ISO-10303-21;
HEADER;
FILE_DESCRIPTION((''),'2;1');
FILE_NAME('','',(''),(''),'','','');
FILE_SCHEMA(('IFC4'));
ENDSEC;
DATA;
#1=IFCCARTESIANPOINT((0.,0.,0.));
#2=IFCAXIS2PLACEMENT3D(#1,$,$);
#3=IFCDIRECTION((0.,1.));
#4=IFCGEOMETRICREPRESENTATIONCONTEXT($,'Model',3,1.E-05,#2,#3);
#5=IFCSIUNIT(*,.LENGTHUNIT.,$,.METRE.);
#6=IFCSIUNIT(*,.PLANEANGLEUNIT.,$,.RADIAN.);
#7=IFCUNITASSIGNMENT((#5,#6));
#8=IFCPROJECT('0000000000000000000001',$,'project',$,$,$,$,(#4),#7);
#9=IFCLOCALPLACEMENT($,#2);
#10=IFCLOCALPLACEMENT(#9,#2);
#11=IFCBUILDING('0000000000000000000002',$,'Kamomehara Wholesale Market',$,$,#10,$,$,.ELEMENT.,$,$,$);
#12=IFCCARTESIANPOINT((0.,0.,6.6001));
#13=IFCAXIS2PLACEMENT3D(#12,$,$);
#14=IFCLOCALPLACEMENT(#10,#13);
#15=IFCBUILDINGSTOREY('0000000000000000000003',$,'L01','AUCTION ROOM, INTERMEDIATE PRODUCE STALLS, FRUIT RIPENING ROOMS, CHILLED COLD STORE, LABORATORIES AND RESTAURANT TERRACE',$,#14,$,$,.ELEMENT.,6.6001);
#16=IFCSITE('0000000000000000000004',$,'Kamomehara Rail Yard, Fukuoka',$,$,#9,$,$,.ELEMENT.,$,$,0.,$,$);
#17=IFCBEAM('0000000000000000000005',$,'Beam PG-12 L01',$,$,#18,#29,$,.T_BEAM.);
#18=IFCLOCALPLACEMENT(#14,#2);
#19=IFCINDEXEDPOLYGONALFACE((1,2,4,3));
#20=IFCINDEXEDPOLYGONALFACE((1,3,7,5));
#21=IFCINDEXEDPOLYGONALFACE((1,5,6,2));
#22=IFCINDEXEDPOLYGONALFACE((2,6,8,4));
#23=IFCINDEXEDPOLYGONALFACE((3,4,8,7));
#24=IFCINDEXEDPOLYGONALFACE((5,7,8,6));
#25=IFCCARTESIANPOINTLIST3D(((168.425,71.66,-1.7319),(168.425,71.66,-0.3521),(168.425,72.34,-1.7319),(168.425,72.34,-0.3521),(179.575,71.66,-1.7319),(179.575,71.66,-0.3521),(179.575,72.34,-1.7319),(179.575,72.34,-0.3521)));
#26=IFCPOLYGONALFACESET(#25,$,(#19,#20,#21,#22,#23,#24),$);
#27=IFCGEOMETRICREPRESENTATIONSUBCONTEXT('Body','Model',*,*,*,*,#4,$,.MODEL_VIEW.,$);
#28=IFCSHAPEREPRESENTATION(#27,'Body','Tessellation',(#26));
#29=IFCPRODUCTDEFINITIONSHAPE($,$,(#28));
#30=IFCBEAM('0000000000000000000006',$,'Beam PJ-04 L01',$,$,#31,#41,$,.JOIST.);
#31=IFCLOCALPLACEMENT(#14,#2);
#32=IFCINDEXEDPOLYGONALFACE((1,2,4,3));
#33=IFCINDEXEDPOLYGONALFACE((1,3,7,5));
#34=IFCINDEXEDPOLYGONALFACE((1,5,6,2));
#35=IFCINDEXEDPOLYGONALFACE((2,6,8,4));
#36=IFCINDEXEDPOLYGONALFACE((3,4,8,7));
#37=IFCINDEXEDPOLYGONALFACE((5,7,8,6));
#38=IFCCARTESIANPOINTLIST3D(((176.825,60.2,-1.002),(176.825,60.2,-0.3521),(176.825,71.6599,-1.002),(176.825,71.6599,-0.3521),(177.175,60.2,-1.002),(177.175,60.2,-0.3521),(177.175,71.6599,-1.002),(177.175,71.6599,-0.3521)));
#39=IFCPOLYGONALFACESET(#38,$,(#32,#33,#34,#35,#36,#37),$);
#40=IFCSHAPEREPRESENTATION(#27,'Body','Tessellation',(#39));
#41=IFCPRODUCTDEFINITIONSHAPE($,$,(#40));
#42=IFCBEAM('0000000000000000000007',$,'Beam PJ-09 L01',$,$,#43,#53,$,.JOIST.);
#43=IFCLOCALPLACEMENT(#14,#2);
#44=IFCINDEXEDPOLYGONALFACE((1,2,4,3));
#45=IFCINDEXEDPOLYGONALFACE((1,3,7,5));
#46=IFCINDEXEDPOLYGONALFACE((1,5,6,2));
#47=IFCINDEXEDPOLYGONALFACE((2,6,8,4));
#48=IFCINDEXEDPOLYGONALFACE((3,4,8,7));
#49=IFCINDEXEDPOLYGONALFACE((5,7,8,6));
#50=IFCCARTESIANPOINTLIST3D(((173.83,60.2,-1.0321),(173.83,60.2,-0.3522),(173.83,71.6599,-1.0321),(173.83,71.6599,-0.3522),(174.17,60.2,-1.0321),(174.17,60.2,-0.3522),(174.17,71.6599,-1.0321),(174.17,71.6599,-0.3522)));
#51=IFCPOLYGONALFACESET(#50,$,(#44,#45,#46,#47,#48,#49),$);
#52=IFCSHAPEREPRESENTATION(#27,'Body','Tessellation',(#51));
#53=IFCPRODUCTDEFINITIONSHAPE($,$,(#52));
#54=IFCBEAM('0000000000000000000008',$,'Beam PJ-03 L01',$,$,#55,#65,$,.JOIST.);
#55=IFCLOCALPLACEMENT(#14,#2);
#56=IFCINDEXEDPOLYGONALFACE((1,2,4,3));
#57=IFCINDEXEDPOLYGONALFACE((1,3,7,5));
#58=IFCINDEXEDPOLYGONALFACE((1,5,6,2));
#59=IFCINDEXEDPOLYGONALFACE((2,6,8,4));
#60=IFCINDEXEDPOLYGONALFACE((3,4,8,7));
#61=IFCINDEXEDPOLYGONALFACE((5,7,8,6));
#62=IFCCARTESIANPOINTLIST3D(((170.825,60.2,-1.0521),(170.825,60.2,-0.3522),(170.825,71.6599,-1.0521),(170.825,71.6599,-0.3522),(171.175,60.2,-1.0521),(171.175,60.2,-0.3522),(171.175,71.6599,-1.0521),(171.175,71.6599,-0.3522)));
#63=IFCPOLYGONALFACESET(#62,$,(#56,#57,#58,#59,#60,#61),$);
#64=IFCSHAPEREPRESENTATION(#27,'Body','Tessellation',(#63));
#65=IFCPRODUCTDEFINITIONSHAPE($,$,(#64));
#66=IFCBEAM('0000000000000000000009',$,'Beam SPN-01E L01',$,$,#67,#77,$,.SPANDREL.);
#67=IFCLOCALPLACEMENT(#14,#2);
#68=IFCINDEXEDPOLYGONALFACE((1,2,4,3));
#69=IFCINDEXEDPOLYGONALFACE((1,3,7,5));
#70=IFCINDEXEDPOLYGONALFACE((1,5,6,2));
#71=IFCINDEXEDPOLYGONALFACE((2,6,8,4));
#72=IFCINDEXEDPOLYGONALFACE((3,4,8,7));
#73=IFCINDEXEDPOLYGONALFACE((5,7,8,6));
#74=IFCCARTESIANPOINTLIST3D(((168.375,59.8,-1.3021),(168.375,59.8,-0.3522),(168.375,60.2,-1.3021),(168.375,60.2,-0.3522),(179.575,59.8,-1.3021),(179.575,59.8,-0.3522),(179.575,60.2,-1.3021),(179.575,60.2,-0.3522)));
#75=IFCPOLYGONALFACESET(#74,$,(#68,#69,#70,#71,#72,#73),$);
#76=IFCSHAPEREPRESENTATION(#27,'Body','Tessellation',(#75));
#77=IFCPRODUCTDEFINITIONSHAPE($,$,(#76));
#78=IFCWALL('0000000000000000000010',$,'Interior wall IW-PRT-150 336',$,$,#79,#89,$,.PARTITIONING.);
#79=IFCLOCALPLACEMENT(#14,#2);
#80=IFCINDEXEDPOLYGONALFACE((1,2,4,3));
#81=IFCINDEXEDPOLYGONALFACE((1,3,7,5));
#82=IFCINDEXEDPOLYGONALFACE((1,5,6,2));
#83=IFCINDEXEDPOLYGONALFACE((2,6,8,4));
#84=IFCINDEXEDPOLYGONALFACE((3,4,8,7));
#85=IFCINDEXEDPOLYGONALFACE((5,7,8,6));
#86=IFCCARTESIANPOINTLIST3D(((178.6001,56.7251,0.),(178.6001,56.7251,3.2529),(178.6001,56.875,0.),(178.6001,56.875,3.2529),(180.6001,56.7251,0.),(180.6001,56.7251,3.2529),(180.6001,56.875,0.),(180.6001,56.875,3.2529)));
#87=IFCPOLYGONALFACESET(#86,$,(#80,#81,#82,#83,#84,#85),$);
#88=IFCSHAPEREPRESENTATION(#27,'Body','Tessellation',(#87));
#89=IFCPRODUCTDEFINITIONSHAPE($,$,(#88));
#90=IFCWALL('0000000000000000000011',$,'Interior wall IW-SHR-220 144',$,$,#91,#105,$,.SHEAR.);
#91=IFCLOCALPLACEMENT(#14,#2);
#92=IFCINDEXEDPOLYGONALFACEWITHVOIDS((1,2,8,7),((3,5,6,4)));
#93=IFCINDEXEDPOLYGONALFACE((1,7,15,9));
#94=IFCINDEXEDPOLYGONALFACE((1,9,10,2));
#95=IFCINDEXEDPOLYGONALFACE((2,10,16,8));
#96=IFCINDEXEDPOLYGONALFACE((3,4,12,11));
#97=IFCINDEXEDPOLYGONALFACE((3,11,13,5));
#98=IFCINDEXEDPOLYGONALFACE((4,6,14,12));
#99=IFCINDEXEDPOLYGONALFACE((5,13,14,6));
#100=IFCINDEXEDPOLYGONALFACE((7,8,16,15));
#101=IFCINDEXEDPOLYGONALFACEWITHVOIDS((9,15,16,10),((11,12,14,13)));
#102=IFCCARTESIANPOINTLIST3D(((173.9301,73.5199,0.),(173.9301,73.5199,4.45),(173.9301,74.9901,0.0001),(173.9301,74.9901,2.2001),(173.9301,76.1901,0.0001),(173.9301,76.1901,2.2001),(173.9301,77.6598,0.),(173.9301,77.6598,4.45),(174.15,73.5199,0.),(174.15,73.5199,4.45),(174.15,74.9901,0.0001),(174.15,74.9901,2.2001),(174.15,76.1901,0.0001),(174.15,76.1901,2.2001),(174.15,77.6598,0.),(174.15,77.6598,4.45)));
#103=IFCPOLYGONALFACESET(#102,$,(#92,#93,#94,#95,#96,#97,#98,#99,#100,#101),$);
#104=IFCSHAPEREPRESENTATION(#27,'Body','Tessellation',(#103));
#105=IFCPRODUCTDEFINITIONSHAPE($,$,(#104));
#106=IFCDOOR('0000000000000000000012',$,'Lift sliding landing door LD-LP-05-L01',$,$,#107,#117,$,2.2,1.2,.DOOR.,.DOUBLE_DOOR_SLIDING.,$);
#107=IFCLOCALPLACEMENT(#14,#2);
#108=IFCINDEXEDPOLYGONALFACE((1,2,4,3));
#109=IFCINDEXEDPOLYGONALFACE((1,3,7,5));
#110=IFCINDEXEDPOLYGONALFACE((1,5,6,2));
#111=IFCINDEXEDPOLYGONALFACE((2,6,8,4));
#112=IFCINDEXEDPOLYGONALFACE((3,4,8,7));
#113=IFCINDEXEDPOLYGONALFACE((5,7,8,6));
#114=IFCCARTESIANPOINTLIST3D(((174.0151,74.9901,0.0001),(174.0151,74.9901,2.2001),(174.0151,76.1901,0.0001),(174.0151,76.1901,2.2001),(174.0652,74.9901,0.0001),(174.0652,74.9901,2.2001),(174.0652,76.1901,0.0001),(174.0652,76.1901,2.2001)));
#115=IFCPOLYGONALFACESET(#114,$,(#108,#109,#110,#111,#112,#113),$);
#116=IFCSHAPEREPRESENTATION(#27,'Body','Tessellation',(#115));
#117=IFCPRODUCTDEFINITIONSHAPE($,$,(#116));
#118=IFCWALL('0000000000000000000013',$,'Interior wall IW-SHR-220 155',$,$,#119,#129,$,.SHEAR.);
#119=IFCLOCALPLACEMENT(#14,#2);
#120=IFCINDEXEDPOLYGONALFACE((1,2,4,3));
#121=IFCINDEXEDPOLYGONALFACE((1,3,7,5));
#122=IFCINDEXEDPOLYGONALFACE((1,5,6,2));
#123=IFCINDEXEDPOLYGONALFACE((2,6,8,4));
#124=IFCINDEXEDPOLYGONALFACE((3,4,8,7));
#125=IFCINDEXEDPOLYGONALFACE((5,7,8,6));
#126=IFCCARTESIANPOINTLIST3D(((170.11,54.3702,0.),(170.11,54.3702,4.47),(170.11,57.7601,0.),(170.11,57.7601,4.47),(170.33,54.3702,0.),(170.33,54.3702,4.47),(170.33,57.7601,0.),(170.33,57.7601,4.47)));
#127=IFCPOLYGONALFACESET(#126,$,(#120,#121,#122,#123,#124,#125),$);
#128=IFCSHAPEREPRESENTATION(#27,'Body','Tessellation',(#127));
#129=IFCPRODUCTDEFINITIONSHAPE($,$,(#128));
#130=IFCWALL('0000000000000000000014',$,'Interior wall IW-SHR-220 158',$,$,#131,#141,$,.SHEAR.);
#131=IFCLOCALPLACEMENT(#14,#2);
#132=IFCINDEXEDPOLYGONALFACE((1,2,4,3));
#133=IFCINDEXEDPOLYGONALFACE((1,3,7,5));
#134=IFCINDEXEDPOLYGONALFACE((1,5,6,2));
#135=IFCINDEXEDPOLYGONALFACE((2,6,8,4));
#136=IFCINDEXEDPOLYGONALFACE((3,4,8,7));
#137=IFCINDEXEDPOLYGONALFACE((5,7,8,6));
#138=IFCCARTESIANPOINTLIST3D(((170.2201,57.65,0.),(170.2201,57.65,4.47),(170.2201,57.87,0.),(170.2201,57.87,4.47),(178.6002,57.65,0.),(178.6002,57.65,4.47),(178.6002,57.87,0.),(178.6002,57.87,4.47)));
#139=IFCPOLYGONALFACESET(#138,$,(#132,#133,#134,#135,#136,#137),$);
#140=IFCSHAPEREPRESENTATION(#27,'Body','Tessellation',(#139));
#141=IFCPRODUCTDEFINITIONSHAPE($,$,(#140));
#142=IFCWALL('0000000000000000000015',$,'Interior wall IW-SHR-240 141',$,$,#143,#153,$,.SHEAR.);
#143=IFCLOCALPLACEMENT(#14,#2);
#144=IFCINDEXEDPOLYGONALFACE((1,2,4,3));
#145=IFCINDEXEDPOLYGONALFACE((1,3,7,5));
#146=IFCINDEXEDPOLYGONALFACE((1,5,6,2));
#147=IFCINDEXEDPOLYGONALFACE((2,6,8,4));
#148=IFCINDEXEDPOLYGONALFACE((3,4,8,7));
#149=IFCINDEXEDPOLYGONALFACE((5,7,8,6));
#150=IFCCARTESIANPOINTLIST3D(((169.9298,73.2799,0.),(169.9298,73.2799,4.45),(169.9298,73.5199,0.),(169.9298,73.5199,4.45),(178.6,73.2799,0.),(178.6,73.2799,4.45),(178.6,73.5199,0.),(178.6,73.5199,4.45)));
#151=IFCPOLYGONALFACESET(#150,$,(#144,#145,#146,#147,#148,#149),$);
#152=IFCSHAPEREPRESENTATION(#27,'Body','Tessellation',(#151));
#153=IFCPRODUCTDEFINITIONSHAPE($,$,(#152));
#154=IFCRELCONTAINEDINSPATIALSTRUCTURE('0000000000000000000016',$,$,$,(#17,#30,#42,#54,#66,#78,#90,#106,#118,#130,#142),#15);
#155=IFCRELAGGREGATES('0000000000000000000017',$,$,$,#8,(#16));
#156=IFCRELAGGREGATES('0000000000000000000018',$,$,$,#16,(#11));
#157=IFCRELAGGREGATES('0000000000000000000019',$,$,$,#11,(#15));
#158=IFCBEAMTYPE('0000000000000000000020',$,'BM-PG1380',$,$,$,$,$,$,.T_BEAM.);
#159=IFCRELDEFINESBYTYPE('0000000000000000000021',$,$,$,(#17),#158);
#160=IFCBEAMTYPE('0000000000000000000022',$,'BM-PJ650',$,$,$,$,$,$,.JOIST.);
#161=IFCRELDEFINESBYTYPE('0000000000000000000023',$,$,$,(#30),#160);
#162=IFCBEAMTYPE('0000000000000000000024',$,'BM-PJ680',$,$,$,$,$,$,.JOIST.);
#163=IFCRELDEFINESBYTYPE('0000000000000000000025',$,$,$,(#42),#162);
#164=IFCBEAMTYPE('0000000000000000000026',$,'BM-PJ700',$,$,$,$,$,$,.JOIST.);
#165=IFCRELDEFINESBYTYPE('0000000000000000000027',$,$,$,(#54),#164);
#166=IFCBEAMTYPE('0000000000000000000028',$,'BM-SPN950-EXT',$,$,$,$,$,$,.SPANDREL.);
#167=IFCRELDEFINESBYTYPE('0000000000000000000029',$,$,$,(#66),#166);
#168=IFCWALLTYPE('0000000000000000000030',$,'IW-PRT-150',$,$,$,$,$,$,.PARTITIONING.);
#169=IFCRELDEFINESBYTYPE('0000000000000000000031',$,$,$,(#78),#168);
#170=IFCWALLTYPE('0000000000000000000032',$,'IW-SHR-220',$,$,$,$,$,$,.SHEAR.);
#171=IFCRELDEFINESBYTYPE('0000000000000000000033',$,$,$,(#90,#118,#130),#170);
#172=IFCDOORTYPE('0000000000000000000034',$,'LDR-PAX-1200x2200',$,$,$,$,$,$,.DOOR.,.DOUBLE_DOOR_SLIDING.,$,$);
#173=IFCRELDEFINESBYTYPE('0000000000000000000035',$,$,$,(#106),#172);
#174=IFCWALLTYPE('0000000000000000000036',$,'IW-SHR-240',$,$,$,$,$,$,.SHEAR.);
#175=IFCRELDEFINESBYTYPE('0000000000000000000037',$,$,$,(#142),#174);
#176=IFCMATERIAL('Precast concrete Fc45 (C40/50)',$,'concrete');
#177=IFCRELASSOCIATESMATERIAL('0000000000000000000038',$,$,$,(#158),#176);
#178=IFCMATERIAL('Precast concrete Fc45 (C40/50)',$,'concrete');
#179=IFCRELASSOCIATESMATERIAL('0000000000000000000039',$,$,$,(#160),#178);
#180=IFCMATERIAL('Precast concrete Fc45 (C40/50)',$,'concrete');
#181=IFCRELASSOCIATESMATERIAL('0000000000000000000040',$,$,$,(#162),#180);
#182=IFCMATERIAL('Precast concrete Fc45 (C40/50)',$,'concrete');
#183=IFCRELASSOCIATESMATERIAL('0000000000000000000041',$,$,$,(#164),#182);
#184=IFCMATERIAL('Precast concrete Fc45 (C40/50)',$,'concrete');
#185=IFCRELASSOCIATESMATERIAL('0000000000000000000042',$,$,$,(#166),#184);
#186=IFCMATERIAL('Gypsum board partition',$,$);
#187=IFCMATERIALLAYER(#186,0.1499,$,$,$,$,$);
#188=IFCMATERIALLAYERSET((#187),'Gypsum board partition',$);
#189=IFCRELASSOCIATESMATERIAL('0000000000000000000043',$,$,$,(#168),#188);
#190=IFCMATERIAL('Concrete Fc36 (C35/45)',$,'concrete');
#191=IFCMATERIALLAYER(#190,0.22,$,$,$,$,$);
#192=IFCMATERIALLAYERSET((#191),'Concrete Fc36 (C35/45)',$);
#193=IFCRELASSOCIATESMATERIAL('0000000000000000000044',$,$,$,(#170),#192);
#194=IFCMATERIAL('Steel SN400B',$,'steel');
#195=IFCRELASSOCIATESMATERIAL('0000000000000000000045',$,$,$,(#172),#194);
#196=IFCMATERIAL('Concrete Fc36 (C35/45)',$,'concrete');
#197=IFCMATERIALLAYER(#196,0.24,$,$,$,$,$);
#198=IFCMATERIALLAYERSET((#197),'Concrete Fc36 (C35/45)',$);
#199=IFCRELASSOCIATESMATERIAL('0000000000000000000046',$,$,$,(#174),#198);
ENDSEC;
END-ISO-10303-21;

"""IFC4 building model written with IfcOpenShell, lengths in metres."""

from ifc_helpers import new_model, si_unit, direction, frame, frame_2d, origin, origin_2d, place, context, subcontext, project, spatial, rectangle, extrude, material, layer, layer_set, material_profile, profile_set, type_object, element, fill, save


model = new_model("IFC4")

# Units and contexts
model_context = context("Model", 3, precision=1e-05, world=origin(), true_north=direction((0.0, 1.0)))
body_context = subcontext(model_context, "Body", "Model", "MODEL_VIEW")
ifc_project = project(units=[si_unit("LENGTHUNIT", "METRE"), si_unit("PLANEANGLEUNIT", "RADIAN")], contexts=[model_context])

# Site, building, storey
site_placement = place(None, origin())
site = spatial("IfcSite", under=ifc_project, at=site_placement, Name="Kamomehara Rail Yard, Fukuoka", CompositionType="ELEMENT", RefElevation=0.0)
building_placement = place(site_placement, origin())
building = spatial("IfcBuilding", under=site, at=building_placement, Name="Kamomehara Wholesale Market", CompositionType="ELEMENT")
storey_placement = place(building_placement, frame((0.0, 0.0, 6.6001)))
storey = spatial("IfcBuildingStorey", under=building, at=storey_placement, Name="L01", Description="AUCTION ROOM, INTERMEDIATE PRODUCE STALLS, FRUIT RIPENING ROOMS, CHILLED COLD STORE, LABORATORIES AND RESTAURANT TERRACE", CompositionType="ELEMENT", Elevation=6.6001)

# Beams
ifc_material_1 = material(Name="Precast concrete Fc45 (C40/50)", Category="concrete")
ifc_material_profile_1 = material_profile(ifc_material_1, rectangle(XDim=0.6799, YDim=1.3799, at=origin_2d()), Name="PC-GRD-680x1380")
ifc_profile_set_1 = profile_set([ifc_material_profile_1], Name="Precast concrete Fc45 (C40/50)")
beam_type_1 = type_object("IfcBeamType", Name="BM-PG1380", PredefinedType="T_BEAM", material=ifc_profile_set_1)
beam_1_placement = place(storey_placement, frame((168.425, 72.0, -1.042), z_axis=(1.0, 0.0, 0.0), x_axis=(0.0, 1.0, 0.0)))
element("IfcBeam", 1, at=beam_1_placement, inside=storey, type_object=beam_type_1, Name="Beam PG-12 L01", PredefinedType="T_BEAM", context=body_context, shape_type="SweptSolid", body=[
    extrude(rectangle(XDim=0.6799, YDim=1.3799, at=origin_2d()), origin(), (0.0, 0.0, 1.0), 11.1499),
])
ifc_material_2 = material(Name="Precast concrete Fc45 (C40/50)", Category="concrete")
ifc_material_profile_2 = material_profile(ifc_material_2, rectangle(XDim=0.3501, YDim=0.6499, at=origin_2d()), Name="PC-JST-350x650")
ifc_profile_set_2 = profile_set([ifc_material_profile_2], Name="Precast concrete Fc45 (C40/50)")
beam_type_2 = type_object("IfcBeamType", Name="BM-PJ650", PredefinedType="JOIST", material=ifc_profile_set_2)
beam_2_placement = place(storey_placement, frame((177.0, 60.2, -0.677), z_axis=(0.0, 1.0, 0.0), x_axis=(-1.0, 0.0, 0.0)))
element("IfcBeam", 2, at=beam_2_placement, inside=storey, type_object=beam_type_2, Name="Beam PJ-04 L01", PredefinedType="JOIST", context=body_context, shape_type="SweptSolid", body=[
    extrude(rectangle(XDim=0.3501, YDim=0.6499, at=origin_2d()), origin(), (0.0, 0.0, 1.0), 11.46),
])
ifc_material_3 = material(Name="Precast concrete Fc45 (C40/50)", Category="concrete")
ifc_material_profile_3 = material_profile(ifc_material_3, rectangle(XDim=0.3401, YDim=0.6799, at=origin_2d()), Name="PC-JST-340x680")
ifc_profile_set_3 = profile_set([ifc_material_profile_3], Name="Precast concrete Fc45 (C40/50)")
beam_type_3 = type_object("IfcBeamType", Name="BM-PJ680", PredefinedType="JOIST", material=ifc_profile_set_3)
beam_3_placement = place(storey_placement, frame((174.0, 60.2, -0.6921), z_axis=(0.0, 1.0, 0.0), x_axis=(-1.0, 0.0, 0.0)))
element("IfcBeam", 3, at=beam_3_placement, inside=storey, type_object=beam_type_3, Name="Beam PJ-09 L01", PredefinedType="JOIST", context=body_context, shape_type="SweptSolid", body=[
    extrude(rectangle(XDim=0.3401, YDim=0.6799, at=origin_2d()), origin(), (0.0, 0.0, 1.0), 11.46),
])
ifc_material_4 = material(Name="Precast concrete Fc45 (C40/50)", Category="concrete")
ifc_material_profile_4 = material_profile(ifc_material_4, rectangle(XDim=0.3501, YDim=0.7, at=origin_2d()), Name="PC-JST-350x700")
ifc_profile_set_4 = profile_set([ifc_material_profile_4], Name="Precast concrete Fc45 (C40/50)")
beam_type_4 = type_object("IfcBeamType", Name="BM-PJ700", PredefinedType="JOIST", material=ifc_profile_set_4)
beam_4_placement = place(storey_placement, frame((171.0, 60.2, -0.7021), z_axis=(0.0, 1.0, 0.0), x_axis=(-1.0, 0.0, 0.0)))
element("IfcBeam", 4, at=beam_4_placement, inside=storey, type_object=beam_type_4, Name="Beam PJ-03 L01", PredefinedType="JOIST", context=body_context, shape_type="SweptSolid", body=[
    extrude(rectangle(XDim=0.3501, YDim=0.7, at=origin_2d()), origin(), (0.0, 0.0, 1.0), 11.46),
])
ifc_material_5 = material(Name="Precast concrete Fc45 (C40/50)", Category="concrete")
ifc_material_profile_5 = material_profile(ifc_material_5, rectangle(XDim=0.3999, YDim=0.95, at=origin_2d()), Name="PC-SPN-400x950")
ifc_profile_set_5 = profile_set([ifc_material_profile_5], Name="Precast concrete Fc45 (C40/50)")
beam_type_5 = type_object("IfcBeamType", Name="BM-SPN950-EXT", PredefinedType="SPANDREL", material=ifc_profile_set_5)
beam_5_placement = place(storey_placement, frame((168.375, 60.0, -0.8271), z_axis=(1.0, 0.0, 0.0), x_axis=(0.0, 1.0, 0.0)))
element("IfcBeam", 5, at=beam_5_placement, inside=storey, type_object=beam_type_5, Name="Beam SPN-01E L01", PredefinedType="SPANDREL", context=body_context, shape_type="SweptSolid", body=[
    extrude(rectangle(XDim=0.3999, YDim=0.95, at=origin_2d()), origin(), (0.0, 0.0, 1.0), 11.2),
])

# Wall
ifc_material_6 = material(Name="Gypsum board partition")
ifc_layer_1 = layer(ifc_material_6, 0.1499)
ifc_layer_set_1 = layer_set([ifc_layer_1], Name="Gypsum board partition")
wall_type_1 = type_object("IfcWallType", Name="IW-PRT-150", PredefinedType="PARTITIONING", material=ifc_layer_set_1)
wall_1_placement = place(storey_placement, frame((178.6001, 56.8, 0.0), z_axis=(0.0, 0.0, 1.0), x_axis=(1.0, 0.0, 0.0)))
element("IfcWall", 6, at=wall_1_placement, inside=storey, type_object=wall_type_1, Name="Interior wall IW-PRT-150 336", PredefinedType="PARTITIONING", context=body_context, shape_type="SweptSolid", body=[
    extrude(rectangle(XDim=2.0, YDim=0.1499, at=frame_2d((1.0, 0.0))), origin(), (0.0, 0.0, 1.0), 3.2529),
])

# Wall, opening, door
ifc_material_7 = material(Name="Concrete Fc36 (C35/45)", Category="concrete")
ifc_layer_2 = layer(ifc_material_7, 0.22)
ifc_layer_set_2 = layer_set([ifc_layer_2], Name="Concrete Fc36 (C35/45)")
wall_type_2 = type_object("IfcWallType", Name="IW-SHR-220", PredefinedType="SHEAR", material=ifc_layer_set_2)
wall_2_placement = place(storey_placement, frame((174.04, 73.52, 0.0), z_axis=(0.0, 0.0, 1.0), x_axis=(0.0, 1.0, 0.0)))
wall_2 = element("IfcWall", 7, at=wall_2_placement, inside=storey, type_object=wall_type_2, Name="Interior wall IW-SHR-220 144", PredefinedType="SHEAR", context=body_context, shape_type="SweptSolid", body=[
    extrude(rectangle(XDim=4.1399, YDim=0.22, at=frame_2d((2.0698, 0.0))), origin(), (0.0, 0.0, 1.0), 4.45),
])
opening_placement = place(wall_2_placement, frame((1.47, 0.0, 0.0)))
opening = element("IfcOpeningElement", 8, at=opening_placement, cuts=wall_2, PredefinedType="OPENING", context=body_context, shape_type="SweptSolid", body=[
    extrude(rectangle(XDim=1.2, YDim=2.2, at=frame_2d((0.6001, 1.1001))), frame((0.0, 0.125, 0.0), z_axis=(0.0, -1.0, 0.0), x_axis=(1.0, 0.0, 0.0)), (0.0, 0.0, 1.0), 0.2498),
])
ifc_material_8 = material(Name="Steel SN400B", Category="steel")
door_type = type_object("IfcDoorType", Name="LDR-PAX-1200x2200", OperationType="DOUBLE_DOOR_SLIDING", PredefinedType="DOOR", material=ifc_material_8)
door_placement = place(opening_placement, origin())
door = element("IfcDoor", 9, at=door_placement, inside=storey, type_object=door_type, Name="Lift sliding landing door LD-LP-05-L01", OperationType="DOUBLE_DOOR_SLIDING", OverallHeight=2.2, OverallWidth=1.2, PredefinedType="DOOR", context=body_context, shape_type="SweptSolid", body=[
    extrude(rectangle(XDim=1.2, YDim=2.2, at=frame_2d((0.6001, 1.1001))), frame((0.0, 0.0249, 0.0), z_axis=(0.0, -1.0, 0.0), x_axis=(1.0, 0.0, 0.0)), (0.0, 0.0, 1.0), 0.05),
])
fill(opening, door)

# Walls
wall_3_placement = place(storey_placement, frame((170.22, 57.76, 0.0), z_axis=(0.0, 0.0, 1.0), x_axis=(0.0, -1.0, 0.0)))
element("IfcWall", 10, at=wall_3_placement, inside=storey, type_object=wall_type_2, Name="Interior wall IW-SHR-220 155", PredefinedType="SHEAR", context=body_context, shape_type="SweptSolid", body=[
    extrude(rectangle(XDim=3.3899, YDim=0.22, at=frame_2d((1.6948, 0.0))), origin(), (0.0, 0.0, 1.0), 4.47),
])
wall_4_placement = place(storey_placement, frame((178.6001, 57.76, 0.0), z_axis=(0.0, 0.0, 1.0), x_axis=(-1.0, 0.0, 0.0)))
element("IfcWall", 11, at=wall_4_placement, inside=storey, type_object=wall_type_2, Name="Interior wall IW-SHR-220 158", PredefinedType="SHEAR", context=body_context, shape_type="SweptSolid", body=[
    extrude(rectangle(XDim=8.3801, YDim=0.22, at=frame_2d((4.1899, 0.0))), origin(), (0.0, 0.0, 1.0), 4.47),
])
ifc_material_9 = material(Name="Concrete Fc36 (C35/45)", Category="concrete")
ifc_layer_3 = layer(ifc_material_9, 0.24)
ifc_layer_set_3 = layer_set([ifc_layer_3], Name="Concrete Fc36 (C35/45)")
wall_type_3 = type_object("IfcWallType", Name="IW-SHR-240", PredefinedType="SHEAR", material=ifc_layer_set_3)
wall_5_placement = place(storey_placement, frame((169.9299, 73.3999, 0.0), z_axis=(0.0, 0.0, 1.0), x_axis=(1.0, 0.0, 0.0)))
element("IfcWall", 12, at=wall_5_placement, inside=storey, type_object=wall_type_3, Name="Interior wall IW-SHR-240 141", PredefinedType="SHEAR", context=body_context, shape_type="SweptSolid", body=[
    extrude(rectangle(XDim=8.6702, YDim=0.24, at=frame_2d((4.335, 0.0))), origin(), (0.0, 0.0, 1.0), 4.45),
])

save(model, "model.ifc")
